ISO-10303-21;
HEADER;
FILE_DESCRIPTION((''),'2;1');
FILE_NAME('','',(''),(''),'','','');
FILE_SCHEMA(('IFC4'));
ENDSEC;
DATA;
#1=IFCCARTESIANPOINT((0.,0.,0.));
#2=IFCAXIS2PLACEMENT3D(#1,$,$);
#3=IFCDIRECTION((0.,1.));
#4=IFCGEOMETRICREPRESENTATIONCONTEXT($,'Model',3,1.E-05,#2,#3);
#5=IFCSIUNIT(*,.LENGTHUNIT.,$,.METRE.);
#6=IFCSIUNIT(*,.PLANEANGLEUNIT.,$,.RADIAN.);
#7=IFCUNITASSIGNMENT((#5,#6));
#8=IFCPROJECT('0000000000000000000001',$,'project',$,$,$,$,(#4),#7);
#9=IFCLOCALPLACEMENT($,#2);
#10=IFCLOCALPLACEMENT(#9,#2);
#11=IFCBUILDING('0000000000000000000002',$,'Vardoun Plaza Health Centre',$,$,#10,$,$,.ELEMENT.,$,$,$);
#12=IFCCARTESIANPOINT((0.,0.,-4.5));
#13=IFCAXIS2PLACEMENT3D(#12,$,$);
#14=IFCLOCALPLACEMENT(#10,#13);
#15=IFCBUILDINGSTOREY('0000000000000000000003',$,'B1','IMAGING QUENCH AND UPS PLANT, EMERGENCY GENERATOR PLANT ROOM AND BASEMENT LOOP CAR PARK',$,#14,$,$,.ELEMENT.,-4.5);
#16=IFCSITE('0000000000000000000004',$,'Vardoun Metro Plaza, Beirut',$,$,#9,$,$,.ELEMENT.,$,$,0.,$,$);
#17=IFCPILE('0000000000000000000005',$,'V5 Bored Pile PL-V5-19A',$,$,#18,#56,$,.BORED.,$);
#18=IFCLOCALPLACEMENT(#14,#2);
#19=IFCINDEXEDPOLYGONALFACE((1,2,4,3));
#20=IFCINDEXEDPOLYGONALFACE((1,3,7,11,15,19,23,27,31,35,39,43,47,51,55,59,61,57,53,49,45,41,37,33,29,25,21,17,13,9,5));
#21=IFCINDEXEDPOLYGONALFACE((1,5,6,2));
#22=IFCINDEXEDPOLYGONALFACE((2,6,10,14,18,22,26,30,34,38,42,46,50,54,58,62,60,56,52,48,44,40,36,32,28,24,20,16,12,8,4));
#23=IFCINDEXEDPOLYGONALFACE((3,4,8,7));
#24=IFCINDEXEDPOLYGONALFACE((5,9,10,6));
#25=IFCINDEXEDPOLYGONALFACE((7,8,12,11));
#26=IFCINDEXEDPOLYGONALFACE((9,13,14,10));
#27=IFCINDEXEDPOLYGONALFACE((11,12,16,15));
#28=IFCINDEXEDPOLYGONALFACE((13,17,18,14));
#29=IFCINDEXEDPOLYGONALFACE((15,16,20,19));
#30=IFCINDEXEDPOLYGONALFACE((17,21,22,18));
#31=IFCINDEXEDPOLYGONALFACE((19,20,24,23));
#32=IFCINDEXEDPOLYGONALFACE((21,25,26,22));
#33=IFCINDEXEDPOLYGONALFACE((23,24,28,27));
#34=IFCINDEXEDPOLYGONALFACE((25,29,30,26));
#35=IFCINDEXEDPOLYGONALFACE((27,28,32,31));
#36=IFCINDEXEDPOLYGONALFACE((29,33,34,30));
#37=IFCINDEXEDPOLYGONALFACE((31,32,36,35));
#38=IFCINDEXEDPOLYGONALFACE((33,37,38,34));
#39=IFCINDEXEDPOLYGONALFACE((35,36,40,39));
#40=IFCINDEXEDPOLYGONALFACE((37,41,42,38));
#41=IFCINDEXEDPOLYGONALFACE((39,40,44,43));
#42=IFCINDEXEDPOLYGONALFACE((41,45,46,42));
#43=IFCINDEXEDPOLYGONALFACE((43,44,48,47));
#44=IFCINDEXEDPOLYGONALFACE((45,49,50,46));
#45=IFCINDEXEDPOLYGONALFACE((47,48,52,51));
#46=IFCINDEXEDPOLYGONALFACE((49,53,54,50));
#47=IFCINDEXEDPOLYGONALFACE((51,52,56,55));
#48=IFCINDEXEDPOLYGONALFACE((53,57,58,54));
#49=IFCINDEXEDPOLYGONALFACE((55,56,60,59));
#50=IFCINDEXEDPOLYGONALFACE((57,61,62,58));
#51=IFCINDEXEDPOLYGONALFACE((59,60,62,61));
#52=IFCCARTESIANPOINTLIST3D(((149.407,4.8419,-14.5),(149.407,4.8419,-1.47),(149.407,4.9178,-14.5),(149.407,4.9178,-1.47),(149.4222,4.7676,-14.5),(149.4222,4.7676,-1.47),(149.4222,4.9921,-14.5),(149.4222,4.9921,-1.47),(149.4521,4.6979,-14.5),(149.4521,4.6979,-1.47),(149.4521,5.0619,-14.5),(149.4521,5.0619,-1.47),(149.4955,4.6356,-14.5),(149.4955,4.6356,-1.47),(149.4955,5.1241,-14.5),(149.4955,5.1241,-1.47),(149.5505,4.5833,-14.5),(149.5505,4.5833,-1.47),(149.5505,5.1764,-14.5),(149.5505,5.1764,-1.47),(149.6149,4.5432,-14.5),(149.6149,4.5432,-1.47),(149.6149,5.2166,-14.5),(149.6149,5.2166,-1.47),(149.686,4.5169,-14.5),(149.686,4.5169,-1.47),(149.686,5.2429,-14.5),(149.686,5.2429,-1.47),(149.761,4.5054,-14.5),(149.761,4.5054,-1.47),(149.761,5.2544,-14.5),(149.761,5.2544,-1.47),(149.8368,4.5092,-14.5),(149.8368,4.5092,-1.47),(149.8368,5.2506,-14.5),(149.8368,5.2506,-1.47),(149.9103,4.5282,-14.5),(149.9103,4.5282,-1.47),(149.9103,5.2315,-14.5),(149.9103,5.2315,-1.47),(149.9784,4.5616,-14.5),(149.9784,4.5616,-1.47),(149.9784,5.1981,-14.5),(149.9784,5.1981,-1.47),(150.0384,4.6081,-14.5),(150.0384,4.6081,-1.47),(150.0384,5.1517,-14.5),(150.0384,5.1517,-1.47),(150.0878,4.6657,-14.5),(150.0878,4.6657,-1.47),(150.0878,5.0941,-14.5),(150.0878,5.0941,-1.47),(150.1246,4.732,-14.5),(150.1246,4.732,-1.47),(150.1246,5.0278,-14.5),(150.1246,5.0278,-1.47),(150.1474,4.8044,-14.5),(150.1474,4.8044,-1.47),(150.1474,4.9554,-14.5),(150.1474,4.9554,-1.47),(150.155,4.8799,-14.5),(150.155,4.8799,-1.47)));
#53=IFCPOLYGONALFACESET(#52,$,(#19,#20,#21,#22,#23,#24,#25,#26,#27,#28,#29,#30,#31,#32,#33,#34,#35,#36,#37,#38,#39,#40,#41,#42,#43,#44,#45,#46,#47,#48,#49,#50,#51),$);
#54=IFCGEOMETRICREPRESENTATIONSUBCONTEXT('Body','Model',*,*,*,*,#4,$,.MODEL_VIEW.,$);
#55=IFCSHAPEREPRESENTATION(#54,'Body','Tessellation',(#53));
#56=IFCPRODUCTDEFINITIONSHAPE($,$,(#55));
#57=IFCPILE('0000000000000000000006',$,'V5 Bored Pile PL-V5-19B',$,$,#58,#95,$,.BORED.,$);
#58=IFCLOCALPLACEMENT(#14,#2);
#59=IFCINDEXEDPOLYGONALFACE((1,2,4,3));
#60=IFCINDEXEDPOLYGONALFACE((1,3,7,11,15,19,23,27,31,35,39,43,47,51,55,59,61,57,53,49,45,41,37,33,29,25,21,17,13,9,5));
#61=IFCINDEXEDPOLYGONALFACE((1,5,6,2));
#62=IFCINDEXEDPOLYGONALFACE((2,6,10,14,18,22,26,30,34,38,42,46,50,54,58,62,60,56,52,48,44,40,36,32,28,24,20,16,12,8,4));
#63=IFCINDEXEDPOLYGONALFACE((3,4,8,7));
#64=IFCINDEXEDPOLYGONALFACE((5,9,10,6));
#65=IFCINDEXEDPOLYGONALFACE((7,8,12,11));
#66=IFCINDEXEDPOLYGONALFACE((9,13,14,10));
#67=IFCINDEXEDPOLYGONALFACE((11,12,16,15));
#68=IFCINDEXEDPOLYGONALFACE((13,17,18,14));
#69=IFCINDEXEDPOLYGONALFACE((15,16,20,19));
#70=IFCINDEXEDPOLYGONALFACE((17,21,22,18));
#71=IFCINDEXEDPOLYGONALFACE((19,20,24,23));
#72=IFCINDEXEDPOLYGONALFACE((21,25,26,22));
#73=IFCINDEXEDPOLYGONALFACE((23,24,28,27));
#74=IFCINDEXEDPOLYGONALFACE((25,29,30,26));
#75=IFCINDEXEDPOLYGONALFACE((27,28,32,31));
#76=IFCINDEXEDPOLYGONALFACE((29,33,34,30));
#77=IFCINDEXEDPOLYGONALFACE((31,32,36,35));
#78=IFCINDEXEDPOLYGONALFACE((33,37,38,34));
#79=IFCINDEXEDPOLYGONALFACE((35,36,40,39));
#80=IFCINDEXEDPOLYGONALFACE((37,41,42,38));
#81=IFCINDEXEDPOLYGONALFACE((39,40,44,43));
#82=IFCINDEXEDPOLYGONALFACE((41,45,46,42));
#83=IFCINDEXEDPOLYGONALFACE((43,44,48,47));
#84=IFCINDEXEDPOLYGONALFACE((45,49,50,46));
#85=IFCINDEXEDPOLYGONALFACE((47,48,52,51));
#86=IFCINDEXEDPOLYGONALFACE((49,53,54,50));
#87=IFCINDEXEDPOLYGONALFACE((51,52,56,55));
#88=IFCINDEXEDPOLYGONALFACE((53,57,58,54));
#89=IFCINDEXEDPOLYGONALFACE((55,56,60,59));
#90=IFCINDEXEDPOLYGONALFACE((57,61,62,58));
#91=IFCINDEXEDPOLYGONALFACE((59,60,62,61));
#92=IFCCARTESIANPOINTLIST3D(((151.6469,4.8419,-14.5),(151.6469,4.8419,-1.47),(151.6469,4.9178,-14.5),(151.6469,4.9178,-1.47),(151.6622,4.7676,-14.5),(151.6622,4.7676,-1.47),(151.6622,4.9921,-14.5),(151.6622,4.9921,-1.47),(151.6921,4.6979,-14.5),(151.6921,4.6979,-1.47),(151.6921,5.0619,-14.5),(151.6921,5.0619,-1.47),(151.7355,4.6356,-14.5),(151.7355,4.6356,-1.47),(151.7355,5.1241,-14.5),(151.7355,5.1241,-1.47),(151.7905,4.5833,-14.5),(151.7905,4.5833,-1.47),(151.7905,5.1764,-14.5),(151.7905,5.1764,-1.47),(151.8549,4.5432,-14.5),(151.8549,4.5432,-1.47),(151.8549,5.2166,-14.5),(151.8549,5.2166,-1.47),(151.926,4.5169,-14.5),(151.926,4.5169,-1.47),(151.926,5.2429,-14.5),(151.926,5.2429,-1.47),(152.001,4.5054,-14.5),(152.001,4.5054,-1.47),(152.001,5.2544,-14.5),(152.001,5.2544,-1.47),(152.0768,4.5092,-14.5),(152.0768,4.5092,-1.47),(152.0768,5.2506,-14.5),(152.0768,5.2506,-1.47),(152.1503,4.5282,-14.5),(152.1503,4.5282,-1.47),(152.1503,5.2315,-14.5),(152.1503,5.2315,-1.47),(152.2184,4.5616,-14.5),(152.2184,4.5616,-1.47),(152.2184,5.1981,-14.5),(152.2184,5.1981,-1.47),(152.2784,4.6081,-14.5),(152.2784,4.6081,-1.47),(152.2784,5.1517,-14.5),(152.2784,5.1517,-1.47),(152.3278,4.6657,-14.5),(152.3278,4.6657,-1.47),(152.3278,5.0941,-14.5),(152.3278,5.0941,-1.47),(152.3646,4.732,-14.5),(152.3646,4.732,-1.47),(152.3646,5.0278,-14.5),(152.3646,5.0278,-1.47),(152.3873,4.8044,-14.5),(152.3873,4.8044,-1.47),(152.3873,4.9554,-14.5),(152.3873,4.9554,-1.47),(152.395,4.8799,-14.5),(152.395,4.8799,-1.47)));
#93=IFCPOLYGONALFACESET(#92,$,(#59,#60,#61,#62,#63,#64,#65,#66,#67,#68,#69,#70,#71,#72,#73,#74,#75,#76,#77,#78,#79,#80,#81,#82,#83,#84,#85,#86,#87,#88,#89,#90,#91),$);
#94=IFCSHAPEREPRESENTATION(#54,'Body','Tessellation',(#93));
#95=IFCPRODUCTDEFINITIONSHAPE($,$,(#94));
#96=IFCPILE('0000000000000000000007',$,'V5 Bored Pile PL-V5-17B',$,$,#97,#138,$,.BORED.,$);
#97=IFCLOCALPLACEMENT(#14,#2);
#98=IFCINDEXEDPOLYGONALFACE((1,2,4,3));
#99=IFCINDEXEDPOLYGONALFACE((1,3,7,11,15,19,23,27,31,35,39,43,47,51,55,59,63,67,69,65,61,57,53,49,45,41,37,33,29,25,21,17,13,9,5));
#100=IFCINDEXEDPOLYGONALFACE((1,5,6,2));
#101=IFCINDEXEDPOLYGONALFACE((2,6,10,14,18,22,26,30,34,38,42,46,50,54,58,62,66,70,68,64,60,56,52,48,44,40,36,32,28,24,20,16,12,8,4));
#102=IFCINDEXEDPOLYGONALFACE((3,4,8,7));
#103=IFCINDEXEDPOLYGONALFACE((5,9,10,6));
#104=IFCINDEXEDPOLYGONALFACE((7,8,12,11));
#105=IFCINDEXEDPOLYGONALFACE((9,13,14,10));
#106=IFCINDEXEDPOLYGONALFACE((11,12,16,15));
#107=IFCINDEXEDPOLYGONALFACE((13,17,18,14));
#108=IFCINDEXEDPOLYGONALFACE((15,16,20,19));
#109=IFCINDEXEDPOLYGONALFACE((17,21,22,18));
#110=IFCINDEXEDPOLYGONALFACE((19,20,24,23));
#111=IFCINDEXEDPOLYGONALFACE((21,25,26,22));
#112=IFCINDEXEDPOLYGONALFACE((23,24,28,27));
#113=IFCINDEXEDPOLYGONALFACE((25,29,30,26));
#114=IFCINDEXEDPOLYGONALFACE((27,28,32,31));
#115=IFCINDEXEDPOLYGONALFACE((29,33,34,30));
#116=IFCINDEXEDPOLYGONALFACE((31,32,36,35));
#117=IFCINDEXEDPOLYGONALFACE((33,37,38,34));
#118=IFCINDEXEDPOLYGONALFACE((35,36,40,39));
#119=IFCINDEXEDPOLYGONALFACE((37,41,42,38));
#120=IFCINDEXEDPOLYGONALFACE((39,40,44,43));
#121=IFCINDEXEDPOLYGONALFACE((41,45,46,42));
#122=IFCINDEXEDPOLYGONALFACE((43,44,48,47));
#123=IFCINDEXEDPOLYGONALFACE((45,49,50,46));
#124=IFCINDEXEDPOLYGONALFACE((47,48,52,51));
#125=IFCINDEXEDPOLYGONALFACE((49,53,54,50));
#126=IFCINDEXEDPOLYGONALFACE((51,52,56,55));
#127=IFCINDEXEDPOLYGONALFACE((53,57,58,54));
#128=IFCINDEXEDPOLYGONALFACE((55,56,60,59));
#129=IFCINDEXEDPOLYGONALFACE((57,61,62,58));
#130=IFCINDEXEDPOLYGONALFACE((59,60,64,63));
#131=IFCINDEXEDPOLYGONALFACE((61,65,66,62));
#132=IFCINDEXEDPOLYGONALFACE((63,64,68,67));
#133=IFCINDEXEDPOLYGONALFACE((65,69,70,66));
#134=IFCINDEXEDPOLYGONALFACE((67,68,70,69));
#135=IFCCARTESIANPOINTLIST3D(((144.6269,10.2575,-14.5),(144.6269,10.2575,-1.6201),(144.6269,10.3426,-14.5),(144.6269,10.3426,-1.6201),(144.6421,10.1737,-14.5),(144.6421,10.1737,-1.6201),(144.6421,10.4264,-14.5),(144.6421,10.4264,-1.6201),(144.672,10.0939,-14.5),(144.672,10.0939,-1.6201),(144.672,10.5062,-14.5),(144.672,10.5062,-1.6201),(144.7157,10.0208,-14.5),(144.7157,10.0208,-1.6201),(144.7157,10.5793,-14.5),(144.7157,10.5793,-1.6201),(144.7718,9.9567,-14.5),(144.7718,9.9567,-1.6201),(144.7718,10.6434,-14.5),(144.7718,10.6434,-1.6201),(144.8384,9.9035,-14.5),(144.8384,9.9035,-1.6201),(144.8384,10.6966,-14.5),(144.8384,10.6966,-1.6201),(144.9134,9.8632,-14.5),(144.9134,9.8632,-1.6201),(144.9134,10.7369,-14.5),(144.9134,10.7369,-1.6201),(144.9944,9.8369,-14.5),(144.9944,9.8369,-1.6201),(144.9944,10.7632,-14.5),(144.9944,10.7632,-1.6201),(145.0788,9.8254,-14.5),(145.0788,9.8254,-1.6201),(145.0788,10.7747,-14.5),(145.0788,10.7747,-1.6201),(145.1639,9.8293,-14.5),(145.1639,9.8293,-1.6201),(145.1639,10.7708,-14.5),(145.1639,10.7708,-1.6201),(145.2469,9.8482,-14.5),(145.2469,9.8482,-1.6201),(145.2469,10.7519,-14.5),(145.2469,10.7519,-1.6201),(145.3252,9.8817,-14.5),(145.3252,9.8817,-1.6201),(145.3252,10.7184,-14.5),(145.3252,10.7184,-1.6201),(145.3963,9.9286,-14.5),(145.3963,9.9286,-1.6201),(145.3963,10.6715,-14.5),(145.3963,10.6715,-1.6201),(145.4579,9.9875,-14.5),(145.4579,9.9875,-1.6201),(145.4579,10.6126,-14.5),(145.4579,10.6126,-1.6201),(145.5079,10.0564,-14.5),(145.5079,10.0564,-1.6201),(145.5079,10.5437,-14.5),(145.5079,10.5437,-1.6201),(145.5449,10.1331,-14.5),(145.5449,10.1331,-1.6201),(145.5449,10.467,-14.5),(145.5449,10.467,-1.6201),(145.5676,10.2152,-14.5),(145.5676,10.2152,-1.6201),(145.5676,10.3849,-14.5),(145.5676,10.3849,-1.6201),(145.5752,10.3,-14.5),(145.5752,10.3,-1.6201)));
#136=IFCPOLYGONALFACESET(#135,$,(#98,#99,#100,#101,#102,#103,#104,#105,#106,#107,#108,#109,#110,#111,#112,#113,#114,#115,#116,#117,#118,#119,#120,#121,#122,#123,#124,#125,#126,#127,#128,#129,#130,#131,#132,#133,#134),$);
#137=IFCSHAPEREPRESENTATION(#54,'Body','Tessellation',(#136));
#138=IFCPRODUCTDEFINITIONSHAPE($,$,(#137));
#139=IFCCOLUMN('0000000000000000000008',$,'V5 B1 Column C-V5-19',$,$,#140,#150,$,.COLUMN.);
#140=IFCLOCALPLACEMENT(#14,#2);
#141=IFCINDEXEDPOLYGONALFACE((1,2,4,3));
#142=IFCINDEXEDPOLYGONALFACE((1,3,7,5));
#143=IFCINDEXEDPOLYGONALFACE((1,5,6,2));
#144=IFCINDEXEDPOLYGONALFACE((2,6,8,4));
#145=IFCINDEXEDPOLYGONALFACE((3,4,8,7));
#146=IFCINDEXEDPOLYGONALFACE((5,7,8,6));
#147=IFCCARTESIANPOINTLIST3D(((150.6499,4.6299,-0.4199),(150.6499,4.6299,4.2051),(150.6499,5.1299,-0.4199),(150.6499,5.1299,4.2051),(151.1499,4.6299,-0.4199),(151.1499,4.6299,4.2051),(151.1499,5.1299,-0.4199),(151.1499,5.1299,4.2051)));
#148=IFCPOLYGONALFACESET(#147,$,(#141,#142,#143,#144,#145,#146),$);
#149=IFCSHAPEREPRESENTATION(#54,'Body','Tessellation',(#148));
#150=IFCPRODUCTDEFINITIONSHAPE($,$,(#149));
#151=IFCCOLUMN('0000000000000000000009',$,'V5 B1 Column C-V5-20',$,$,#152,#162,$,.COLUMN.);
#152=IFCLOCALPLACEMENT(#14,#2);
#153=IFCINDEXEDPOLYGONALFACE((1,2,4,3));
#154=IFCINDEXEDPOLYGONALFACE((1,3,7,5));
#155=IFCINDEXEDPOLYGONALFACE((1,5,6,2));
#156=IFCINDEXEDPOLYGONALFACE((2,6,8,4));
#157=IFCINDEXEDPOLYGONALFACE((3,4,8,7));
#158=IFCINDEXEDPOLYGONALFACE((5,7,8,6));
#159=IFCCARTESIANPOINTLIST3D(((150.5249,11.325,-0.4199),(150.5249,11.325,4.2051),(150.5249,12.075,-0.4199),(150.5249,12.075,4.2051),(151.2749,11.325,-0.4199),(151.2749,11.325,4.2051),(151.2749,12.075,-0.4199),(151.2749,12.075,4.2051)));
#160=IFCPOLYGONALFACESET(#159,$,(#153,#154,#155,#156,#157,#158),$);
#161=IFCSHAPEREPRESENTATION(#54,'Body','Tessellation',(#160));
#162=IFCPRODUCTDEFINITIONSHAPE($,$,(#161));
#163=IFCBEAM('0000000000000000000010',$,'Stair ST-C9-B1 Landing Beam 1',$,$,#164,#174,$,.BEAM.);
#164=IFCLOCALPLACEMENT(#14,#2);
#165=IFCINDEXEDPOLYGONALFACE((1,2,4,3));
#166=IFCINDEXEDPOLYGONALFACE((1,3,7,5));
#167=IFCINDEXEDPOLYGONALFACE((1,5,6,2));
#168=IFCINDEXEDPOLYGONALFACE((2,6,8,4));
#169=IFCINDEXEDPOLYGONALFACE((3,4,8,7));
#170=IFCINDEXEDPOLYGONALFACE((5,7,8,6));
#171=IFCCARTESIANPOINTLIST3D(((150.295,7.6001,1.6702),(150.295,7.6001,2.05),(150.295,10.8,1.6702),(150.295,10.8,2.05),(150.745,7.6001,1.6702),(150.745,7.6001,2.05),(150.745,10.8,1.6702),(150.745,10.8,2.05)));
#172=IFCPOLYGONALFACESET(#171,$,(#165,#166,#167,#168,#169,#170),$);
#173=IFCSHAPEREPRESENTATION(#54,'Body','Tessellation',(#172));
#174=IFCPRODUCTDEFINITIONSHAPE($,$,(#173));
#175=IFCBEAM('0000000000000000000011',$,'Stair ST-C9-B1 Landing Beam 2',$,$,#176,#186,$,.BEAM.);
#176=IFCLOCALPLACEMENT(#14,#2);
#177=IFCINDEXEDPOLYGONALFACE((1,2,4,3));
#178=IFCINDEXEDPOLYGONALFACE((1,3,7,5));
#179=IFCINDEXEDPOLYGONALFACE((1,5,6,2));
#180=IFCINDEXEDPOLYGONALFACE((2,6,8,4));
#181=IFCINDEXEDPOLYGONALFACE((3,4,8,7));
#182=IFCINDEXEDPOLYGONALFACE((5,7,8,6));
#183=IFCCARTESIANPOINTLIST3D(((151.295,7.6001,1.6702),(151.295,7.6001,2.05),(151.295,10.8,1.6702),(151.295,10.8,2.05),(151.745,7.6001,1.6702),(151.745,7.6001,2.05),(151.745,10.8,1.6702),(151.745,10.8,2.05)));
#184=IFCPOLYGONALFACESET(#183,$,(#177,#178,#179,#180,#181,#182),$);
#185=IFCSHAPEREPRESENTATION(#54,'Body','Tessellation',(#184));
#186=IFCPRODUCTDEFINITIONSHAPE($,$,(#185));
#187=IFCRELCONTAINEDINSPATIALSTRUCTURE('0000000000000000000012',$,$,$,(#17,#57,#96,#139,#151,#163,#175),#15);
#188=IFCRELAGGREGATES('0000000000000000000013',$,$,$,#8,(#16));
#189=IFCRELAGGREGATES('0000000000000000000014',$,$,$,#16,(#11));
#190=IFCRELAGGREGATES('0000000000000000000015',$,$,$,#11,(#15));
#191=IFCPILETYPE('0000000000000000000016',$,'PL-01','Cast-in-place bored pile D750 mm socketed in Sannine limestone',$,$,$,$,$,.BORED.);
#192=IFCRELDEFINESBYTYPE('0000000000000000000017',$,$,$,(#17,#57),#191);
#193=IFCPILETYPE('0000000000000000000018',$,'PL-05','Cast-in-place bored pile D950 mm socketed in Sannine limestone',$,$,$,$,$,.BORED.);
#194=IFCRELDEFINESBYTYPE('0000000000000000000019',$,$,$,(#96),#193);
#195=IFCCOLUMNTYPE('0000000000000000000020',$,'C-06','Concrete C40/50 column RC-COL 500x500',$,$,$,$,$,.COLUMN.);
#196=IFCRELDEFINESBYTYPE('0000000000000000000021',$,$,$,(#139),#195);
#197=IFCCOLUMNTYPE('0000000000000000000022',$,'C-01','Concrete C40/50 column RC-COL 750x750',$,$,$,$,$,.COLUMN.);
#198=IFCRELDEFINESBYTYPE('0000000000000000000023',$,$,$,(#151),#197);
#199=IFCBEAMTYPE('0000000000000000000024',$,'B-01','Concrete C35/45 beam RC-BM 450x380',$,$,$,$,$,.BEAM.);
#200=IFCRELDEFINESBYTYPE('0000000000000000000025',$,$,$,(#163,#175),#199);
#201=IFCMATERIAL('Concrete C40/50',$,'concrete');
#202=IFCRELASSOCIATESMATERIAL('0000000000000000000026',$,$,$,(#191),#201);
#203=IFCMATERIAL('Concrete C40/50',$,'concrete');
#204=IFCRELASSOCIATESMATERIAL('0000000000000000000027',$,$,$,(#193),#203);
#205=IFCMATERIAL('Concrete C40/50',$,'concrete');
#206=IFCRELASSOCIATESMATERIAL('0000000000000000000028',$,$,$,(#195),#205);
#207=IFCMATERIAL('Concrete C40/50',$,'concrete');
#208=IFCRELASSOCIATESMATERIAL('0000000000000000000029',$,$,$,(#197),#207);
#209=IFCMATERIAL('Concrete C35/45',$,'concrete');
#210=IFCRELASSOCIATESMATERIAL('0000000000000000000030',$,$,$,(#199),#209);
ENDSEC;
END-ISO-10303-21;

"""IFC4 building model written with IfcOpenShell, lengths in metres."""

from ifc_helpers import new_model, si_unit, direction, frame, origin, origin_2d, place, context, subcontext, project, spatial, rectangle, circle, extrude, material, material_profile, profile_set, type_object, element, save


model = new_model("IFC4")

# Units and contexts
model_context = context("Model", 3, precision=1e-05, world=origin(), true_north=direction((0.0, 1.0)))
body_context = subcontext(model_context, "Body", "Model", "MODEL_VIEW")
ifc_project = project(units=[si_unit("LENGTHUNIT", "METRE"), si_unit("PLANEANGLEUNIT", "RADIAN")], contexts=[model_context])

# Site, building, storey
site_placement = place(None, origin())
site = spatial("IfcSite", under=ifc_project, at=site_placement, Name="Vardoun Metro Plaza, Beirut", CompositionType="ELEMENT", RefElevation=0.0)
building_placement = place(site_placement, origin())
building = spatial("IfcBuilding", under=site, at=building_placement, Name="Vardoun Plaza Health Centre", CompositionType="ELEMENT")
storey_placement = place(building_placement, frame((0.0, 0.0, -4.5)))
storey = spatial("IfcBuildingStorey", under=building, at=storey_placement, Name="B1", Description="IMAGING QUENCH AND UPS PLANT, EMERGENCY GENERATOR PLANT ROOM AND BASEMENT LOOP CAR PARK", CompositionType="ELEMENT", Elevation=-4.5)

# Piles
ifc_material_1 = material(Name="Concrete C40/50", Category="concrete")
ifc_material_profile_1 = material_profile(ifc_material_1, circle(Radius=0.375, at=origin_2d()), Name="PILE D750")
ifc_profile_set_1 = profile_set([ifc_material_profile_1], Name="Concrete C40/50")
pile_type_1 = type_object("IfcPileType", Name="PL-01", Description="Cast-in-place bored pile D750 mm socketed in Sannine limestone", PredefinedType="BORED", material=ifc_profile_set_1)
for number, where, z_axis, x_axis, name in (
    (1, (149.78, 4.8799, -1.47), (0.0, 0.0, -1.0), (1.0, 0.0, 0.0), "V5 Bored Pile PL-V5-19A"),
    (2, (152.02, 4.8799, -1.47), (0.0, 0.0, -1.0), (1.0, 0.0, 0.0), "V5 Bored Pile PL-V5-19B"),
):
    element("IfcPile", number, at=place(storey_placement, frame(where, z_axis=z_axis, x_axis=x_axis)), inside=storey, type_object=pile_type_1, Name=name, PredefinedType="BORED", context=body_context, shape_type="SweptSolid", body=[
        extrude(circle(Radius=0.375, at=origin_2d()), origin(), (0.0, 0.0, 1.0), 13.03),
    ])
ifc_material_2 = material(Name="Concrete C40/50", Category="concrete")
ifc_material_profile_2 = material_profile(ifc_material_2, circle(Radius=0.4751, at=origin_2d()), Name="PILE D950")
ifc_profile_set_2 = profile_set([ifc_material_profile_2], Name="Concrete C40/50")
pile_type_2 = type_object("IfcPileType", Name="PL-05", Description="Cast-in-place bored pile D950 mm socketed in Sannine limestone", PredefinedType="BORED", material=ifc_profile_set_2)
pile_1_placement = place(storey_placement, frame((145.1001, 10.3, -1.6201), z_axis=(0.0, 0.0, -1.0), x_axis=(1.0, 0.0, 0.0)))
element("IfcPile", 3, at=pile_1_placement, inside=storey, type_object=pile_type_2, Name="V5 Bored Pile PL-V5-17B", PredefinedType="BORED", context=body_context, shape_type="SweptSolid", body=[
    extrude(circle(Radius=0.4751, at=origin_2d()), origin(), (0.0, 0.0, 1.0), 12.8799),
])

# Columns
ifc_material_3 = material(Name="Concrete C40/50", Category="concrete")
ifc_material_profile_3 = material_profile(ifc_material_3, rectangle(XDim=0.5, YDim=0.5, at=origin_2d()), Name="RC-COL 500x500")
ifc_profile_set_3 = profile_set([ifc_material_profile_3], Name="Concrete C40/50")
column_type_1 = type_object("IfcColumnType", Name="C-06", Description="Concrete C40/50 column RC-COL 500x500", PredefinedType="COLUMN", material=ifc_profile_set_3)
column_1_placement = place(storey_placement, frame((150.8999, 4.8799, -0.4199), z_axis=(0.0, 0.0, 1.0), x_axis=(1.0, 0.0, 0.0)))
element("IfcColumn", 4, at=column_1_placement, inside=storey, type_object=column_type_1, Name="V5 B1 Column C-V5-19", PredefinedType="COLUMN", context=body_context, shape_type="SweptSolid", body=[
    extrude(rectangle(XDim=0.5, YDim=0.5, at=origin_2d()), origin(), (0.0, 0.0, 1.0), 4.625),
])
ifc_material_4 = material(Name="Concrete C40/50", Category="concrete")
ifc_material_profile_4 = material_profile(ifc_material_4, rectangle(XDim=0.75, YDim=0.75, at=origin_2d()), Name="RC-COL 750x750")
ifc_profile_set_4 = profile_set([ifc_material_profile_4], Name="Concrete C40/50")
column_type_2 = type_object("IfcColumnType", Name="C-01", Description="Concrete C40/50 column RC-COL 750x750", PredefinedType="COLUMN", material=ifc_profile_set_4)
column_2_placement = place(storey_placement, frame((150.8999, 11.7, -0.4199), z_axis=(0.0, 0.0, 1.0), x_axis=(1.0, 0.0, 0.0)))
element("IfcColumn", 5, at=column_2_placement, inside=storey, type_object=column_type_2, Name="V5 B1 Column C-V5-20", PredefinedType="COLUMN", context=body_context, shape_type="SweptSolid", body=[
    extrude(rectangle(XDim=0.75, YDim=0.75, at=origin_2d()), origin(), (0.0, 0.0, 1.0), 4.625),
])

# Beams
ifc_material_5 = material(Name="Concrete C35/45", Category="concrete")
ifc_material_profile_5 = material_profile(ifc_material_5, rectangle(XDim=0.45, YDim=0.3799, at=origin_2d()), Name="RC-BM 450x380")
ifc_profile_set_5 = profile_set([ifc_material_profile_5], Name="Concrete C35/45")
beam_type = type_object("IfcBeamType", Name="B-01", Description="Concrete C35/45 beam RC-BM 450x380", PredefinedType="BEAM", material=ifc_profile_set_5)
for number, where, z_axis, x_axis, name in (
    (6, (150.52, 7.6001, 1.8601), (0.0, 1.0, 0.0), (-1.0, 0.0, 0.0), "Stair ST-C9-B1 Landing Beam 1"),
    (7, (151.52, 7.6001, 1.8601), (0.0, 1.0, 0.0), (-1.0, 0.0, 0.0), "Stair ST-C9-B1 Landing Beam 2"),
):
    element("IfcBeam", number, at=place(storey_placement, frame(where, z_axis=z_axis, x_axis=x_axis)), inside=storey, type_object=beam_type, Name=name, PredefinedType="BEAM", context=body_context, shape_type="SweptSolid", body=[
        extrude(rectangle(XDim=0.45, YDim=0.3799, at=origin_2d()), origin(), (0.0, 0.0, 1.0), 3.2),
    ])

save(model, "model.ifc")
